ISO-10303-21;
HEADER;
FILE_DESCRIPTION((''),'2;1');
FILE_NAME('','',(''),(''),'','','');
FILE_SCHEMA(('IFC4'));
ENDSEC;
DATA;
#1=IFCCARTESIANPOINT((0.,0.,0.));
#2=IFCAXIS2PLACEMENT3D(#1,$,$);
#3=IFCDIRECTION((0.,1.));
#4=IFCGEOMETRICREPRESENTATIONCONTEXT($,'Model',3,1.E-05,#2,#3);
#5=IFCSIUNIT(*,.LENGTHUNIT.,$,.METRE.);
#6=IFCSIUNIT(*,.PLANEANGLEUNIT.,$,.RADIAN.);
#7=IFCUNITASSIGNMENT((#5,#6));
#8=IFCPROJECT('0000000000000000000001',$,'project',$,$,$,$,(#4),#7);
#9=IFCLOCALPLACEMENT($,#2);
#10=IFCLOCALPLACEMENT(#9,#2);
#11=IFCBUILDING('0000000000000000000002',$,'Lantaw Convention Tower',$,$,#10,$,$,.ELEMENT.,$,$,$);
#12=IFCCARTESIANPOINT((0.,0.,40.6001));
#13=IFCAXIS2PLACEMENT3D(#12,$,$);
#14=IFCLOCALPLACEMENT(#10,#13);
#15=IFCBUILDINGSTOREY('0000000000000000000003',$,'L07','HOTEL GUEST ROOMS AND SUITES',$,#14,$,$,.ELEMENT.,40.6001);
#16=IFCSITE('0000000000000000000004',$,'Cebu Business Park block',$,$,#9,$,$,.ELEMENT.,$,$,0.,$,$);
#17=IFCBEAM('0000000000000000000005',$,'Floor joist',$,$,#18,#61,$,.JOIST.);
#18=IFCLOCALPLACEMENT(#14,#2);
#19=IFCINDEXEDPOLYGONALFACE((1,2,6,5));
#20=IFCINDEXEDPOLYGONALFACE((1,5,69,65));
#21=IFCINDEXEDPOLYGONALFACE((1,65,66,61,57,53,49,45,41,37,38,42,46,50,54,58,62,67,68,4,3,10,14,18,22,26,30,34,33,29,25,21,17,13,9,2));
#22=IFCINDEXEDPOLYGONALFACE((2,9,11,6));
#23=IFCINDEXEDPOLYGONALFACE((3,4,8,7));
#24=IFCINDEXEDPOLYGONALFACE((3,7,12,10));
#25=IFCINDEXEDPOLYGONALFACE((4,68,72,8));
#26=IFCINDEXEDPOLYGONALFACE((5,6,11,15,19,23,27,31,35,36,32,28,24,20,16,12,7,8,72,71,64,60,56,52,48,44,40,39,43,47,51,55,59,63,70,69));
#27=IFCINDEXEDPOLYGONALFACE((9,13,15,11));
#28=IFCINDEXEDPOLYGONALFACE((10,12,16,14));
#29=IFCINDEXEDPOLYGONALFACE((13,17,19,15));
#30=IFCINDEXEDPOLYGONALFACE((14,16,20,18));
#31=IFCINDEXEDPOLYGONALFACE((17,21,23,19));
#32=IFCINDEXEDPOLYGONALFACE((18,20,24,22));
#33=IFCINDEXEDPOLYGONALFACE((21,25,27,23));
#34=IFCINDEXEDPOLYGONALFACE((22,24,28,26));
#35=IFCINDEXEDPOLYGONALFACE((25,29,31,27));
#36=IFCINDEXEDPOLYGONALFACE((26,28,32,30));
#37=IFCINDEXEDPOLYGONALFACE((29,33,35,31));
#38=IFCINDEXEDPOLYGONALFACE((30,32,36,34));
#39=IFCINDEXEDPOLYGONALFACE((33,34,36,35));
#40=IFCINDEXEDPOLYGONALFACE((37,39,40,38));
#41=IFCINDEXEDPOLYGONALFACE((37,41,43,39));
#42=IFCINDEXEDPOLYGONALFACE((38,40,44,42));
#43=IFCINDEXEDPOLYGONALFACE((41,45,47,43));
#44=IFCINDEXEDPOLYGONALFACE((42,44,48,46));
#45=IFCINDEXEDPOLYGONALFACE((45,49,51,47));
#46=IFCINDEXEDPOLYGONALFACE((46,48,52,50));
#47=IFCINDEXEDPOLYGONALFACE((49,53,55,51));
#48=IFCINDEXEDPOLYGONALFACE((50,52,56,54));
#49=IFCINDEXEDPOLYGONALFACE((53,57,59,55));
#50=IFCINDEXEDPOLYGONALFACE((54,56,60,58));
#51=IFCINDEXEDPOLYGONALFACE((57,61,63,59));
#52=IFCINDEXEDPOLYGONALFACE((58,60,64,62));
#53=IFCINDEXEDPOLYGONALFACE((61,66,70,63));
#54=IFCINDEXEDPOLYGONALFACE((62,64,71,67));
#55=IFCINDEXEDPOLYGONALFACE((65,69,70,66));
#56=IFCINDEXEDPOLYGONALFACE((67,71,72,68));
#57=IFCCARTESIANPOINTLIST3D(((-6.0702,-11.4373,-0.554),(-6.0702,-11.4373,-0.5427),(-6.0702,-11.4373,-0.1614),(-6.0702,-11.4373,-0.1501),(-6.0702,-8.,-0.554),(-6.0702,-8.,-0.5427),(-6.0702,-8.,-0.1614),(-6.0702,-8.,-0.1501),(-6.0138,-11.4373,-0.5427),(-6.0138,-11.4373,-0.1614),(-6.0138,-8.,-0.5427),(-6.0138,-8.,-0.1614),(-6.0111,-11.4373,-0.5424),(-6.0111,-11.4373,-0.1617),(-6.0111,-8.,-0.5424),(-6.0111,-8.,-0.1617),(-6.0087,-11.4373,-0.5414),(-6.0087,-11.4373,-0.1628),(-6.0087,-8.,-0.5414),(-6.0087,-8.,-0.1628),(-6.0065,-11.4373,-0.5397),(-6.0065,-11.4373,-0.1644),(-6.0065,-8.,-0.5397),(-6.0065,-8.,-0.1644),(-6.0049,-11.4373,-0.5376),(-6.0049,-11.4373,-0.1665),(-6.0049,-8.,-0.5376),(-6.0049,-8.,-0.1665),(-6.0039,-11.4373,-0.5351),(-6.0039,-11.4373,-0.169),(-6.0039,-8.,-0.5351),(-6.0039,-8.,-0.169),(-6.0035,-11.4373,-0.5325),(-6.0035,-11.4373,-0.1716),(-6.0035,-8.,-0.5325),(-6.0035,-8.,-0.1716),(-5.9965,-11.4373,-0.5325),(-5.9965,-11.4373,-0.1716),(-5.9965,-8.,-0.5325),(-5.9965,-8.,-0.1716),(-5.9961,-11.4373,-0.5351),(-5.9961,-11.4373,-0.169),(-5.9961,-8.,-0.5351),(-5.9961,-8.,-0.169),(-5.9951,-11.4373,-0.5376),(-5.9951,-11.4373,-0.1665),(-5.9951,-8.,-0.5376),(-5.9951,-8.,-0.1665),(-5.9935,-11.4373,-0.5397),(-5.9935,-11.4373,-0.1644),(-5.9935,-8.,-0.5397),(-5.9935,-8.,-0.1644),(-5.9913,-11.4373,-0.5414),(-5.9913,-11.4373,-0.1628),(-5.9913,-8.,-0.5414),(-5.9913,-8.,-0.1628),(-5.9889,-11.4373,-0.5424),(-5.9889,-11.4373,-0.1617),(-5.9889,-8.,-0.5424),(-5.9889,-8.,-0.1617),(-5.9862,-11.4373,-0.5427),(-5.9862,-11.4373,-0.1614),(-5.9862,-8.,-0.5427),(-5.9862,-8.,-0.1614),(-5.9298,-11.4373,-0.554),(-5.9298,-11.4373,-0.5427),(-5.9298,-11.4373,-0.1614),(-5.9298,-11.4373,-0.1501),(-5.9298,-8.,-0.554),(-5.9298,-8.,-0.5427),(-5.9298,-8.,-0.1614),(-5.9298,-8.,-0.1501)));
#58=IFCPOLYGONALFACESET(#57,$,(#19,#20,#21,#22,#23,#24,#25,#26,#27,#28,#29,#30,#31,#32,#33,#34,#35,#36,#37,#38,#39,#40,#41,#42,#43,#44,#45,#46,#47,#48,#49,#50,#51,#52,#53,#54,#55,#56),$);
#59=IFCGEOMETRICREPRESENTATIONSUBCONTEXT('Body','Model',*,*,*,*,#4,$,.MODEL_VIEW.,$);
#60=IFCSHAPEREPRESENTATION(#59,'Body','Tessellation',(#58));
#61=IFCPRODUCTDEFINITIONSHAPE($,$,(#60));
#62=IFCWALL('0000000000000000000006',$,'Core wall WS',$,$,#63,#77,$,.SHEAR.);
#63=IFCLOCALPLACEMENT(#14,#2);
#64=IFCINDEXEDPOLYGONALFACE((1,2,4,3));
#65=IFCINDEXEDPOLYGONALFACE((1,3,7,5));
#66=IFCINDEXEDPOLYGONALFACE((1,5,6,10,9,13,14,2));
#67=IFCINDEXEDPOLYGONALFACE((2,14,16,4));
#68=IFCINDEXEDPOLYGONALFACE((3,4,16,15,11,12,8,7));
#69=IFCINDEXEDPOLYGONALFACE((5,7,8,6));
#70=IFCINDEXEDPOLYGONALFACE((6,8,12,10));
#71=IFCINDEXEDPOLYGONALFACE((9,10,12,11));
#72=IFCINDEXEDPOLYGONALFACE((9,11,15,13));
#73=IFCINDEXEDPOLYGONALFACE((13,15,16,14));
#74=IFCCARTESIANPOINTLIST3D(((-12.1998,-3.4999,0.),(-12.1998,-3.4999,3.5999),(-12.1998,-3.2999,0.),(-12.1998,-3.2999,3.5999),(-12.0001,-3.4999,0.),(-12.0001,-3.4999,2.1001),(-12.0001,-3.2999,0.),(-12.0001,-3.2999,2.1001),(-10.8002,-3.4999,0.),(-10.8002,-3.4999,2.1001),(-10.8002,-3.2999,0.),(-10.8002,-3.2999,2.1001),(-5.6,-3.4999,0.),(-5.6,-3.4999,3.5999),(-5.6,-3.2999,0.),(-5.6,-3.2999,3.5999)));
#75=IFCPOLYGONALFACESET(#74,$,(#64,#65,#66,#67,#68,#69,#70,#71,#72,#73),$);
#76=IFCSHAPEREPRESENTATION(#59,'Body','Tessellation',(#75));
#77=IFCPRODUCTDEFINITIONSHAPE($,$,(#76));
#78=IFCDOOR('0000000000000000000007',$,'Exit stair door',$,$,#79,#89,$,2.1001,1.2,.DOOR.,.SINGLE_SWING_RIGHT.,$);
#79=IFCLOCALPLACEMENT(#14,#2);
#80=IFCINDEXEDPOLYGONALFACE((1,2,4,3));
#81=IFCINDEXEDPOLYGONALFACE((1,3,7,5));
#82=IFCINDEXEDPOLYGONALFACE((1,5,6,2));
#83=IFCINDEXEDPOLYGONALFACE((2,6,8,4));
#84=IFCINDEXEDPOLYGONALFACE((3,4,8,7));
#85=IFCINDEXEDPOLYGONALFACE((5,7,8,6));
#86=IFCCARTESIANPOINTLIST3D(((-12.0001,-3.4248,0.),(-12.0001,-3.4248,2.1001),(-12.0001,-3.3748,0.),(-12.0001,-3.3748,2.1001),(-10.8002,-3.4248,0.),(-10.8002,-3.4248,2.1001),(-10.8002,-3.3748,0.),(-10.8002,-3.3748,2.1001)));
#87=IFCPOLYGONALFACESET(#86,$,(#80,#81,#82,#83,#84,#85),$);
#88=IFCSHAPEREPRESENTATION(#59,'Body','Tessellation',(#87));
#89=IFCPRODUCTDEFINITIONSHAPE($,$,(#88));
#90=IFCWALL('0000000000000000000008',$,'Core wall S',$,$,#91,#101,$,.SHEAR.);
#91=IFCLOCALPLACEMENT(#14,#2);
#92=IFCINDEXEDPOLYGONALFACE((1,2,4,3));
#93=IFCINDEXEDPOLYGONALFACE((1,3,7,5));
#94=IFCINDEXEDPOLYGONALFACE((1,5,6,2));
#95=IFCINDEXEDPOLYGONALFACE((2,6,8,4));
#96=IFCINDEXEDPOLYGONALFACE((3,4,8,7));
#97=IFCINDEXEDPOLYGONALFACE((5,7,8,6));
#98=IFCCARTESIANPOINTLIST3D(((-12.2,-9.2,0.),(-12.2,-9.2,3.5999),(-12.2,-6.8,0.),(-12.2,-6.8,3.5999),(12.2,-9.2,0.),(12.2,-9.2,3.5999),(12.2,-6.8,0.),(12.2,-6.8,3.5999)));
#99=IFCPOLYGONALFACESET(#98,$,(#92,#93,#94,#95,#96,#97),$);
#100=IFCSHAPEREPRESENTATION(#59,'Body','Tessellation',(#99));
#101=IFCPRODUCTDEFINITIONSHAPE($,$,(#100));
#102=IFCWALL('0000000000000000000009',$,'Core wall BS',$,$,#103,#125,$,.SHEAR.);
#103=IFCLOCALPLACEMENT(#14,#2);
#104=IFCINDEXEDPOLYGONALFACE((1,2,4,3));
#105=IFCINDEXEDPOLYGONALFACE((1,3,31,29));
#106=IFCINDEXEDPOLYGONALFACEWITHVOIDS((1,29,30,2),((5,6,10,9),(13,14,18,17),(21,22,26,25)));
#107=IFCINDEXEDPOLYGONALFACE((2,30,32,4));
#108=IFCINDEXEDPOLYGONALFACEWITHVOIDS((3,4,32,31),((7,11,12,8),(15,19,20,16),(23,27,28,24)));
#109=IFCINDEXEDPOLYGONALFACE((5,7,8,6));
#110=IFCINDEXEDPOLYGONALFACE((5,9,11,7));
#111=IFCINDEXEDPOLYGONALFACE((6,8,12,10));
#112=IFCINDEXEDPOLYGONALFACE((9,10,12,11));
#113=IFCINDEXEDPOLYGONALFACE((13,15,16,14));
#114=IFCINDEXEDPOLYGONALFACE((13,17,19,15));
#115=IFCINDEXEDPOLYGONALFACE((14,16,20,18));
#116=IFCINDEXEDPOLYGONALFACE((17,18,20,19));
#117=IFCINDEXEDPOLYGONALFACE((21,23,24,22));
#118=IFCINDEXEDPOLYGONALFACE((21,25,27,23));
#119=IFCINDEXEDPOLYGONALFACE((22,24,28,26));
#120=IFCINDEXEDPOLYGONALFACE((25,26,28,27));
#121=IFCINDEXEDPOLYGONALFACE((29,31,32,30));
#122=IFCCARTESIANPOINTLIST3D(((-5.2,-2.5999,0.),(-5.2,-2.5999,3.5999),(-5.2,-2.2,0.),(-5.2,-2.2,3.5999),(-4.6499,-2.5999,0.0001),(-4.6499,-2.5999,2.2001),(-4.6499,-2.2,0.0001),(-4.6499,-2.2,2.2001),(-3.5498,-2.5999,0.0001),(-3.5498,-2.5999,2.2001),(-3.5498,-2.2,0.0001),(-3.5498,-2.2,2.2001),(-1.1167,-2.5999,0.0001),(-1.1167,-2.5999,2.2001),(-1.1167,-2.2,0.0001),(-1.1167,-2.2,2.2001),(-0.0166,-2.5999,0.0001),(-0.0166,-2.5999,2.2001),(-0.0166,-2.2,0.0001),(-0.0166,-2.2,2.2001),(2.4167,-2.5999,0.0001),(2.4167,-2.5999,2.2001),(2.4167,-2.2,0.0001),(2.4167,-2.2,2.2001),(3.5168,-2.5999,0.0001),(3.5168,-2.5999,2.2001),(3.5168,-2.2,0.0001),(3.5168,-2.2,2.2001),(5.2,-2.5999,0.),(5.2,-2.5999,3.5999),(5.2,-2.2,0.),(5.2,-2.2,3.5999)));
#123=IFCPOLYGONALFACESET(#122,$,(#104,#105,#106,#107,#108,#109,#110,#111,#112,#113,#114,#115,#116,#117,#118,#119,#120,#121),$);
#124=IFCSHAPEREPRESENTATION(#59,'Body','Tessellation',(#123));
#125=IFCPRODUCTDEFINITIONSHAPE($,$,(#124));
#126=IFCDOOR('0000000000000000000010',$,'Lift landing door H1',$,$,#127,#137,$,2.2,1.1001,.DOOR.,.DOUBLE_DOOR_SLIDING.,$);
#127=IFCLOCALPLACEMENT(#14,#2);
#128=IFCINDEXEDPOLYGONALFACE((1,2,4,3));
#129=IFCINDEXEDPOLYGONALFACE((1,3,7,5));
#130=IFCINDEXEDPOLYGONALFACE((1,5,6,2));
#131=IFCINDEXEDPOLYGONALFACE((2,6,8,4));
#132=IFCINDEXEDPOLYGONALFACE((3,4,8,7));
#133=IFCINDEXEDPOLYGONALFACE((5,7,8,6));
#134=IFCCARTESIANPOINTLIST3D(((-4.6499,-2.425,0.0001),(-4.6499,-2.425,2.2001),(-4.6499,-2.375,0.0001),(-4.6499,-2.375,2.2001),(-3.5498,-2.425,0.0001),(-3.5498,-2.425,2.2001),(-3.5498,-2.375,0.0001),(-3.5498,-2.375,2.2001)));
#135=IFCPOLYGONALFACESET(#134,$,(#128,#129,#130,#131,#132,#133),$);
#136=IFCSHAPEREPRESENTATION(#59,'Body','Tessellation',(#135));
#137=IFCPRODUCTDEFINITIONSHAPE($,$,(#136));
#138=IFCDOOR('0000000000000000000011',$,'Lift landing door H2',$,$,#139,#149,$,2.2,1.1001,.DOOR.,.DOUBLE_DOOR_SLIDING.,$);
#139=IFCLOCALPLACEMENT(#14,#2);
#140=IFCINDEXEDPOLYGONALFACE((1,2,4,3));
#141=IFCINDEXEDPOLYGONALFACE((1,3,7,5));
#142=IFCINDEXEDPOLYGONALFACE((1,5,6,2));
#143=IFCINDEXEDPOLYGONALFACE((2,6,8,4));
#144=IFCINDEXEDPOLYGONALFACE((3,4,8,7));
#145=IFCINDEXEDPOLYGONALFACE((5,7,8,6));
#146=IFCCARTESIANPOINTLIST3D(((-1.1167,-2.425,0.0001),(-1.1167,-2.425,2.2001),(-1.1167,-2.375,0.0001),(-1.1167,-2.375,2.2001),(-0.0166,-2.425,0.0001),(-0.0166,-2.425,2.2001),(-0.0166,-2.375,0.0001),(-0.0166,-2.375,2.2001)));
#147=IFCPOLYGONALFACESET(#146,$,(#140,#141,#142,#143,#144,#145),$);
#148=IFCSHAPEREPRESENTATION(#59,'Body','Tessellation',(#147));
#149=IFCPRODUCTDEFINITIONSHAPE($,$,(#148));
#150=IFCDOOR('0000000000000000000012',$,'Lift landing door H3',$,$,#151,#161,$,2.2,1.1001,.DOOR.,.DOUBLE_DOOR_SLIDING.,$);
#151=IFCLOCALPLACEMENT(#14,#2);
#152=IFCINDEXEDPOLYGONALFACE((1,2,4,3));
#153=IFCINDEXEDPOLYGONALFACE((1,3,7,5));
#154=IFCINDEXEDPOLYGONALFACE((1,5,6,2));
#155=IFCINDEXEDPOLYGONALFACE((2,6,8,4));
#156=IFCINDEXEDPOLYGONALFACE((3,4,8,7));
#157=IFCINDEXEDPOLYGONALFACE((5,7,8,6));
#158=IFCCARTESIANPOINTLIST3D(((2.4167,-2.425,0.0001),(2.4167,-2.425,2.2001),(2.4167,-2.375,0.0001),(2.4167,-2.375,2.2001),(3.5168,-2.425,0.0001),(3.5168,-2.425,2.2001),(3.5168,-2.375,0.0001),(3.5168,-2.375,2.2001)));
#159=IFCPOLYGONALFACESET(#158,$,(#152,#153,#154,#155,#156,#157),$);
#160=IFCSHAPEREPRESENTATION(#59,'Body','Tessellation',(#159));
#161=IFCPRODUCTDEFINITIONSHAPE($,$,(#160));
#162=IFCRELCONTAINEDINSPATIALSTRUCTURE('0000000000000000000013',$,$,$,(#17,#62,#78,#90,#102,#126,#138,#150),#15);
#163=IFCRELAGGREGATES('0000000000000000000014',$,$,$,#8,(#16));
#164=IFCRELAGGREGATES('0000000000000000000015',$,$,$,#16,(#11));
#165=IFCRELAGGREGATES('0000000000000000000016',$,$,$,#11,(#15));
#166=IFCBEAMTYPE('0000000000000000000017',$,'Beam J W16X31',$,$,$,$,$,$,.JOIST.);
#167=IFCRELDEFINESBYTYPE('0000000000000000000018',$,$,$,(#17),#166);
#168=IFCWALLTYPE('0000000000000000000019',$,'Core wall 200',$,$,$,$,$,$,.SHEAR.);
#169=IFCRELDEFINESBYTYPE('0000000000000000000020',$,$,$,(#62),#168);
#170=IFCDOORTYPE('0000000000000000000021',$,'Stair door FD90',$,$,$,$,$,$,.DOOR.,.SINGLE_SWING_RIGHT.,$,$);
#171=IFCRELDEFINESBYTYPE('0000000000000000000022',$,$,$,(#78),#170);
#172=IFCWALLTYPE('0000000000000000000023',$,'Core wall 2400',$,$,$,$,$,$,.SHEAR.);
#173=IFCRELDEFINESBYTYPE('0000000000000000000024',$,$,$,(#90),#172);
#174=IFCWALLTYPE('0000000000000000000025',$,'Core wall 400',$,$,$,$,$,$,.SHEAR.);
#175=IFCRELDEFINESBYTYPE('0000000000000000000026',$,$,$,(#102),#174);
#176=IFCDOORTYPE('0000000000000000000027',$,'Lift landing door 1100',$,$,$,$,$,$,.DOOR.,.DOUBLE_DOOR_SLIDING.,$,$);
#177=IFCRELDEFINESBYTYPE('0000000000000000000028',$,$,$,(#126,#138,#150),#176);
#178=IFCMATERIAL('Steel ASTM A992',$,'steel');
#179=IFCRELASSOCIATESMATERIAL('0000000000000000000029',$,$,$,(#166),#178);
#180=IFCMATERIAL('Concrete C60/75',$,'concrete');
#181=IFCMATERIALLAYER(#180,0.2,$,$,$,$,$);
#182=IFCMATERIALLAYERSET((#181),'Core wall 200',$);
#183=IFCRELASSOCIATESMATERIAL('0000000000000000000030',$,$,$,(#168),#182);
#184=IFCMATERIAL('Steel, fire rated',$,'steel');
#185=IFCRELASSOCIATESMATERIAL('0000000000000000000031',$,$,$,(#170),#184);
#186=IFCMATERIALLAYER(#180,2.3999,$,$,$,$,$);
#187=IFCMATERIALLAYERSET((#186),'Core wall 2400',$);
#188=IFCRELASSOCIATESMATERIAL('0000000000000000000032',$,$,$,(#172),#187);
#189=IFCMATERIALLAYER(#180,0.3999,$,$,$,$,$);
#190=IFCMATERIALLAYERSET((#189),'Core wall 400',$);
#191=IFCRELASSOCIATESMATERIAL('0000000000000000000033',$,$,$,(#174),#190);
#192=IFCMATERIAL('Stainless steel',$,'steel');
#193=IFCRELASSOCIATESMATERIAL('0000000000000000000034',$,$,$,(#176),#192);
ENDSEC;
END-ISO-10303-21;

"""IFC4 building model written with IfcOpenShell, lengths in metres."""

from ifc_helpers import new_model, si_unit, direction, frame, frame_2d, origin, origin_2d, place, context, subcontext, project, spatial, rectangle, i_section, extrude, material, layer, layer_set, material_profile, profile_set, type_object, element, fill, save


model = new_model("IFC4")

# Units and contexts
model_context = context("Model", 3, precision=1e-05, world=origin(), true_north=direction((0.0, 1.0)))
body_context = subcontext(model_context, "Body", "Model", "MODEL_VIEW")
ifc_project = project(units=[si_unit("LENGTHUNIT", "METRE"), si_unit("PLANEANGLEUNIT", "RADIAN")], contexts=[model_context])

# Site, building, storey
site_placement = place(None, origin())
site = spatial("IfcSite", under=ifc_project, at=site_placement, Name="Cebu Business Park block", CompositionType="ELEMENT", RefElevation=0.0)
building_placement = place(site_placement, origin())
building = spatial("IfcBuilding", under=site, at=building_placement, Name="Lantaw Convention Tower", CompositionType="ELEMENT")
storey_placement = place(building_placement, frame((0.0, 0.0, 40.6001)))
storey = spatial("IfcBuildingStorey", under=building, at=storey_placement, Name="L07", Description="HOTEL GUEST ROOMS AND SUITES", CompositionType="ELEMENT", Elevation=40.6001)

# Beam
ifc_material_1 = material(Name="Steel ASTM A992", Category="steel")
ifc_material_profile_1 = material_profile(ifc_material_1, i_section(OverallWidth=0.1404, OverallDepth=0.4038, WebThickness=0.0071, FlangeThickness=0.0112, FilletRadius=0.0103, at=origin_2d()), Name="W16X31")
ifc_profile_set_1 = profile_set([ifc_material_profile_1], Name="Steel ASTM A992")
beam_type_1 = type_object("IfcBeamType", Name="Beam J W16X31", PredefinedType="JOIST", material=ifc_profile_set_1)
beam_1_placement = place(storey_placement, frame((-6.0, -11.4373, -0.3521), z_axis=(0.0, 1.0, 0.0), x_axis=(-1.0, 0.0, 0.0)))
element("IfcBeam", 1, at=beam_1_placement, inside=storey, type_object=beam_type_1, Name="Floor joist", PredefinedType="JOIST", context=body_context, shape_type="SweptSolid", body=[
    extrude(i_section(OverallWidth=0.1404, OverallDepth=0.4038, WebThickness=0.0071, FlangeThickness=0.0112, FilletRadius=0.0103, at=origin_2d()), origin(), (0.0, 0.0, 1.0), 3.4373),
])

# Wall, opening, door
ifc_material_2 = material(Name="Concrete C60/75", Category="concrete")
ifc_layer_1 = layer(ifc_material_2, 0.2)
ifc_layer_set_1 = layer_set([ifc_layer_1], Name="Core wall 200")
wall_type_1 = type_object("IfcWallType", Name="Core wall 200", PredefinedType="SHEAR", material=ifc_layer_set_1)
wall_1_placement = place(storey_placement, frame((-5.6001, -3.3999, 0.0), z_axis=(0.0, 0.0, 1.0), x_axis=(-1.0, 0.0, 0.0)))
wall_1 = element("IfcWall", 2, at=wall_1_placement, inside=storey, type_object=wall_type_1, Name="Core wall WS", PredefinedType="SHEAR", context=body_context, shape_type="SweptSolid", body=[
    extrude(rectangle(XDim=6.5999, YDim=0.2, at=frame_2d((3.2998, 0.0))), origin(), (0.0, 0.0, 1.0), 3.5999),
])
opening_1_placement = place(wall_1_placement, frame((5.2, 0.0, 0.0)))
opening_1 = element("IfcOpeningElement", 3, at=opening_1_placement, cuts=wall_1, PredefinedType="OPENING", context=body_context, shape_type="SweptSolid", body=[
    extrude(rectangle(XDim=1.2, YDim=2.1001, at=frame_2d((0.6001, 1.05))), frame((0.0, 0.1099, 0.0), z_axis=(0.0, -1.0, 0.0), x_axis=(1.0, 0.0, 0.0)), (0.0, 0.0, 1.0), 0.22),
])
ifc_material_3 = material(Name="Steel, fire rated", Category="steel")
door_type_1 = type_object("IfcDoorType", Name="Stair door FD90", OperationType="SINGLE_SWING_RIGHT", PredefinedType="DOOR", material=ifc_material_3)
door_1_placement = place(opening_1_placement, origin())
door_1 = element("IfcDoor", 4, at=door_1_placement, inside=storey, type_object=door_type_1, Name="Exit stair door", OperationType="SINGLE_SWING_RIGHT", OverallHeight=2.1001, OverallWidth=1.2, PredefinedType="DOOR", context=body_context, shape_type="SweptSolid", body=[
    extrude(rectangle(XDim=1.2, YDim=2.1001, at=frame_2d((0.6001, 1.05))), frame((0.0, 0.0249, 0.0), z_axis=(0.0, -1.0, 0.0), x_axis=(1.0, 0.0, 0.0)), (0.0, 0.0, 1.0), 0.05),
])
fill(opening_1, door_1)

# Wall
ifc_layer_2 = layer(ifc_material_2, 2.3999)
ifc_layer_set_2 = layer_set([ifc_layer_2], Name="Core wall 2400")
wall_type_2 = type_object("IfcWallType", Name="Core wall 2400", PredefinedType="SHEAR", material=ifc_layer_set_2)
wall_2_placement = place(storey_placement, frame((-12.2, -8.0, 0.0), z_axis=(0.0, 0.0, 1.0), x_axis=(1.0, 0.0, 0.0)))
element("IfcWall", 5, at=wall_2_placement, inside=storey, type_object=wall_type_2, Name="Core wall S", PredefinedType="SHEAR", context=body_context, shape_type="SweptSolid", body=[
    extrude(rectangle(XDim=24.3999, YDim=2.3999, at=frame_2d((12.2, 0.0))), origin(), (0.0, 0.0, 1.0), 3.5999),
])

# Wall, openings, doors
ifc_layer_3 = layer(ifc_material_2, 0.3999)
ifc_layer_set_3 = layer_set([ifc_layer_3], Name="Core wall 400")
wall_type_3 = type_object("IfcWallType", Name="Core wall 400", PredefinedType="SHEAR", material=ifc_layer_set_3)
wall_3_placement = place(storey_placement, frame((-5.2, -2.3999, 0.0), z_axis=(0.0, 0.0, 1.0), x_axis=(1.0, 0.0, 0.0)))
wall_3 = element("IfcWall", 6, at=wall_3_placement, inside=storey, type_object=wall_type_3, Name="Core wall BS", PredefinedType="SHEAR", context=body_context, shape_type="SweptSolid", body=[
    extrude(rectangle(XDim=10.3999, YDim=0.3999, at=frame_2d((5.2, 0.0))), origin(), (0.0, 0.0, 1.0), 3.5999),
])
opening_2_placement = place(wall_3_placement, frame((0.55, 0.0, 0.0)))
opening_2 = element("IfcOpeningElement", 7, at=opening_2_placement, cuts=wall_3, PredefinedType="OPENING", context=body_context, shape_type="SweptSolid", body=[
    extrude(rectangle(XDim=1.1001, YDim=2.2, at=frame_2d((0.55, 1.1001))), frame((0.0, 0.21, 0.0), z_axis=(0.0, -1.0, 0.0), x_axis=(1.0, 0.0, 0.0)), (0.0, 0.0, 1.0), 0.4199),
])
opening_3_placement = place(wall_3_placement, frame((4.0833, 0.0, 0.0)))
opening_3 = element("IfcOpeningElement", 8, at=opening_3_placement, cuts=wall_3, PredefinedType="OPENING", context=body_context, shape_type="SweptSolid", body=[
    extrude(rectangle(XDim=1.1001, YDim=2.2, at=frame_2d((0.55, 1.1001))), frame((0.0, 0.21, 0.0), z_axis=(0.0, -1.0, 0.0), x_axis=(1.0, 0.0, 0.0)), (0.0, 0.0, 1.0), 0.4199),
])
opening_4_placement = place(wall_3_placement, frame((7.6167, 0.0, 0.0)))
opening_4 = element("IfcOpeningElement", 9, at=opening_4_placement, cuts=wall_3, PredefinedType="OPENING", context=body_context, shape_type="SweptSolid", body=[
    extrude(rectangle(XDim=1.1001, YDim=2.2, at=frame_2d((0.55, 1.1001))), frame((0.0, 0.21, 0.0), z_axis=(0.0, -1.0, 0.0), x_axis=(1.0, 0.0, 0.0)), (0.0, 0.0, 1.0), 0.4199),
])
ifc_material_4 = material(Name="Stainless steel", Category="steel")
door_type_2 = type_object("IfcDoorType", Name="Lift landing door 1100", OperationType="DOUBLE_DOOR_SLIDING", PredefinedType="DOOR", material=ifc_material_4)
door_2_placement = place(opening_2_placement, origin())
door_2 = element("IfcDoor", 10, at=door_2_placement, inside=storey, type_object=door_type_2, Name="Lift landing door H1", OperationType="DOUBLE_DOOR_SLIDING", OverallHeight=2.2, OverallWidth=1.1001, PredefinedType="DOOR", context=body_context, shape_type="SweptSolid", body=[
    extrude(rectangle(XDim=1.1001, YDim=2.2, at=frame_2d((0.55, 1.1001))), frame((0.0, 0.0249, 0.0), z_axis=(0.0, -1.0, 0.0), x_axis=(1.0, 0.0, 0.0)), (0.0, 0.0, 1.0), 0.05),
])
fill(opening_2, door_2)
door_3_placement = place(opening_3_placement, origin())
door_3 = element("IfcDoor", 11, at=door_3_placement, inside=storey, type_object=door_type_2, Name="Lift landing door H2", OperationType="DOUBLE_DOOR_SLIDING", OverallHeight=2.2, OverallWidth=1.1001, PredefinedType="DOOR", context=body_context, shape_type="SweptSolid", body=[
    extrude(rectangle(XDim=1.1001, YDim=2.2, at=frame_2d((0.55, 1.1001))), frame((0.0, 0.0249, 0.0), z_axis=(0.0, -1.0, 0.0), x_axis=(1.0, 0.0, 0.0)), (0.0, 0.0, 1.0), 0.05),
])
fill(opening_3, door_3)
door_4_placement = place(opening_4_placement, origin())
door_4 = element("IfcDoor", 12, at=door_4_placement, inside=storey, type_object=door_type_2, Name="Lift landing door H3", OperationType="DOUBLE_DOOR_SLIDING", OverallHeight=2.2, OverallWidth=1.1001, PredefinedType="DOOR", context=body_context, shape_type="SweptSolid", body=[
    extrude(rectangle(XDim=1.1001, YDim=2.2, at=frame_2d((0.55, 1.1001))), frame((0.0, 0.0249, 0.0), z_axis=(0.0, -1.0, 0.0), x_axis=(1.0, 0.0, 0.0)), (0.0, 0.0, 1.0), 0.05),
])
fill(opening_4, door_4)

save(model, "model.ifc")
